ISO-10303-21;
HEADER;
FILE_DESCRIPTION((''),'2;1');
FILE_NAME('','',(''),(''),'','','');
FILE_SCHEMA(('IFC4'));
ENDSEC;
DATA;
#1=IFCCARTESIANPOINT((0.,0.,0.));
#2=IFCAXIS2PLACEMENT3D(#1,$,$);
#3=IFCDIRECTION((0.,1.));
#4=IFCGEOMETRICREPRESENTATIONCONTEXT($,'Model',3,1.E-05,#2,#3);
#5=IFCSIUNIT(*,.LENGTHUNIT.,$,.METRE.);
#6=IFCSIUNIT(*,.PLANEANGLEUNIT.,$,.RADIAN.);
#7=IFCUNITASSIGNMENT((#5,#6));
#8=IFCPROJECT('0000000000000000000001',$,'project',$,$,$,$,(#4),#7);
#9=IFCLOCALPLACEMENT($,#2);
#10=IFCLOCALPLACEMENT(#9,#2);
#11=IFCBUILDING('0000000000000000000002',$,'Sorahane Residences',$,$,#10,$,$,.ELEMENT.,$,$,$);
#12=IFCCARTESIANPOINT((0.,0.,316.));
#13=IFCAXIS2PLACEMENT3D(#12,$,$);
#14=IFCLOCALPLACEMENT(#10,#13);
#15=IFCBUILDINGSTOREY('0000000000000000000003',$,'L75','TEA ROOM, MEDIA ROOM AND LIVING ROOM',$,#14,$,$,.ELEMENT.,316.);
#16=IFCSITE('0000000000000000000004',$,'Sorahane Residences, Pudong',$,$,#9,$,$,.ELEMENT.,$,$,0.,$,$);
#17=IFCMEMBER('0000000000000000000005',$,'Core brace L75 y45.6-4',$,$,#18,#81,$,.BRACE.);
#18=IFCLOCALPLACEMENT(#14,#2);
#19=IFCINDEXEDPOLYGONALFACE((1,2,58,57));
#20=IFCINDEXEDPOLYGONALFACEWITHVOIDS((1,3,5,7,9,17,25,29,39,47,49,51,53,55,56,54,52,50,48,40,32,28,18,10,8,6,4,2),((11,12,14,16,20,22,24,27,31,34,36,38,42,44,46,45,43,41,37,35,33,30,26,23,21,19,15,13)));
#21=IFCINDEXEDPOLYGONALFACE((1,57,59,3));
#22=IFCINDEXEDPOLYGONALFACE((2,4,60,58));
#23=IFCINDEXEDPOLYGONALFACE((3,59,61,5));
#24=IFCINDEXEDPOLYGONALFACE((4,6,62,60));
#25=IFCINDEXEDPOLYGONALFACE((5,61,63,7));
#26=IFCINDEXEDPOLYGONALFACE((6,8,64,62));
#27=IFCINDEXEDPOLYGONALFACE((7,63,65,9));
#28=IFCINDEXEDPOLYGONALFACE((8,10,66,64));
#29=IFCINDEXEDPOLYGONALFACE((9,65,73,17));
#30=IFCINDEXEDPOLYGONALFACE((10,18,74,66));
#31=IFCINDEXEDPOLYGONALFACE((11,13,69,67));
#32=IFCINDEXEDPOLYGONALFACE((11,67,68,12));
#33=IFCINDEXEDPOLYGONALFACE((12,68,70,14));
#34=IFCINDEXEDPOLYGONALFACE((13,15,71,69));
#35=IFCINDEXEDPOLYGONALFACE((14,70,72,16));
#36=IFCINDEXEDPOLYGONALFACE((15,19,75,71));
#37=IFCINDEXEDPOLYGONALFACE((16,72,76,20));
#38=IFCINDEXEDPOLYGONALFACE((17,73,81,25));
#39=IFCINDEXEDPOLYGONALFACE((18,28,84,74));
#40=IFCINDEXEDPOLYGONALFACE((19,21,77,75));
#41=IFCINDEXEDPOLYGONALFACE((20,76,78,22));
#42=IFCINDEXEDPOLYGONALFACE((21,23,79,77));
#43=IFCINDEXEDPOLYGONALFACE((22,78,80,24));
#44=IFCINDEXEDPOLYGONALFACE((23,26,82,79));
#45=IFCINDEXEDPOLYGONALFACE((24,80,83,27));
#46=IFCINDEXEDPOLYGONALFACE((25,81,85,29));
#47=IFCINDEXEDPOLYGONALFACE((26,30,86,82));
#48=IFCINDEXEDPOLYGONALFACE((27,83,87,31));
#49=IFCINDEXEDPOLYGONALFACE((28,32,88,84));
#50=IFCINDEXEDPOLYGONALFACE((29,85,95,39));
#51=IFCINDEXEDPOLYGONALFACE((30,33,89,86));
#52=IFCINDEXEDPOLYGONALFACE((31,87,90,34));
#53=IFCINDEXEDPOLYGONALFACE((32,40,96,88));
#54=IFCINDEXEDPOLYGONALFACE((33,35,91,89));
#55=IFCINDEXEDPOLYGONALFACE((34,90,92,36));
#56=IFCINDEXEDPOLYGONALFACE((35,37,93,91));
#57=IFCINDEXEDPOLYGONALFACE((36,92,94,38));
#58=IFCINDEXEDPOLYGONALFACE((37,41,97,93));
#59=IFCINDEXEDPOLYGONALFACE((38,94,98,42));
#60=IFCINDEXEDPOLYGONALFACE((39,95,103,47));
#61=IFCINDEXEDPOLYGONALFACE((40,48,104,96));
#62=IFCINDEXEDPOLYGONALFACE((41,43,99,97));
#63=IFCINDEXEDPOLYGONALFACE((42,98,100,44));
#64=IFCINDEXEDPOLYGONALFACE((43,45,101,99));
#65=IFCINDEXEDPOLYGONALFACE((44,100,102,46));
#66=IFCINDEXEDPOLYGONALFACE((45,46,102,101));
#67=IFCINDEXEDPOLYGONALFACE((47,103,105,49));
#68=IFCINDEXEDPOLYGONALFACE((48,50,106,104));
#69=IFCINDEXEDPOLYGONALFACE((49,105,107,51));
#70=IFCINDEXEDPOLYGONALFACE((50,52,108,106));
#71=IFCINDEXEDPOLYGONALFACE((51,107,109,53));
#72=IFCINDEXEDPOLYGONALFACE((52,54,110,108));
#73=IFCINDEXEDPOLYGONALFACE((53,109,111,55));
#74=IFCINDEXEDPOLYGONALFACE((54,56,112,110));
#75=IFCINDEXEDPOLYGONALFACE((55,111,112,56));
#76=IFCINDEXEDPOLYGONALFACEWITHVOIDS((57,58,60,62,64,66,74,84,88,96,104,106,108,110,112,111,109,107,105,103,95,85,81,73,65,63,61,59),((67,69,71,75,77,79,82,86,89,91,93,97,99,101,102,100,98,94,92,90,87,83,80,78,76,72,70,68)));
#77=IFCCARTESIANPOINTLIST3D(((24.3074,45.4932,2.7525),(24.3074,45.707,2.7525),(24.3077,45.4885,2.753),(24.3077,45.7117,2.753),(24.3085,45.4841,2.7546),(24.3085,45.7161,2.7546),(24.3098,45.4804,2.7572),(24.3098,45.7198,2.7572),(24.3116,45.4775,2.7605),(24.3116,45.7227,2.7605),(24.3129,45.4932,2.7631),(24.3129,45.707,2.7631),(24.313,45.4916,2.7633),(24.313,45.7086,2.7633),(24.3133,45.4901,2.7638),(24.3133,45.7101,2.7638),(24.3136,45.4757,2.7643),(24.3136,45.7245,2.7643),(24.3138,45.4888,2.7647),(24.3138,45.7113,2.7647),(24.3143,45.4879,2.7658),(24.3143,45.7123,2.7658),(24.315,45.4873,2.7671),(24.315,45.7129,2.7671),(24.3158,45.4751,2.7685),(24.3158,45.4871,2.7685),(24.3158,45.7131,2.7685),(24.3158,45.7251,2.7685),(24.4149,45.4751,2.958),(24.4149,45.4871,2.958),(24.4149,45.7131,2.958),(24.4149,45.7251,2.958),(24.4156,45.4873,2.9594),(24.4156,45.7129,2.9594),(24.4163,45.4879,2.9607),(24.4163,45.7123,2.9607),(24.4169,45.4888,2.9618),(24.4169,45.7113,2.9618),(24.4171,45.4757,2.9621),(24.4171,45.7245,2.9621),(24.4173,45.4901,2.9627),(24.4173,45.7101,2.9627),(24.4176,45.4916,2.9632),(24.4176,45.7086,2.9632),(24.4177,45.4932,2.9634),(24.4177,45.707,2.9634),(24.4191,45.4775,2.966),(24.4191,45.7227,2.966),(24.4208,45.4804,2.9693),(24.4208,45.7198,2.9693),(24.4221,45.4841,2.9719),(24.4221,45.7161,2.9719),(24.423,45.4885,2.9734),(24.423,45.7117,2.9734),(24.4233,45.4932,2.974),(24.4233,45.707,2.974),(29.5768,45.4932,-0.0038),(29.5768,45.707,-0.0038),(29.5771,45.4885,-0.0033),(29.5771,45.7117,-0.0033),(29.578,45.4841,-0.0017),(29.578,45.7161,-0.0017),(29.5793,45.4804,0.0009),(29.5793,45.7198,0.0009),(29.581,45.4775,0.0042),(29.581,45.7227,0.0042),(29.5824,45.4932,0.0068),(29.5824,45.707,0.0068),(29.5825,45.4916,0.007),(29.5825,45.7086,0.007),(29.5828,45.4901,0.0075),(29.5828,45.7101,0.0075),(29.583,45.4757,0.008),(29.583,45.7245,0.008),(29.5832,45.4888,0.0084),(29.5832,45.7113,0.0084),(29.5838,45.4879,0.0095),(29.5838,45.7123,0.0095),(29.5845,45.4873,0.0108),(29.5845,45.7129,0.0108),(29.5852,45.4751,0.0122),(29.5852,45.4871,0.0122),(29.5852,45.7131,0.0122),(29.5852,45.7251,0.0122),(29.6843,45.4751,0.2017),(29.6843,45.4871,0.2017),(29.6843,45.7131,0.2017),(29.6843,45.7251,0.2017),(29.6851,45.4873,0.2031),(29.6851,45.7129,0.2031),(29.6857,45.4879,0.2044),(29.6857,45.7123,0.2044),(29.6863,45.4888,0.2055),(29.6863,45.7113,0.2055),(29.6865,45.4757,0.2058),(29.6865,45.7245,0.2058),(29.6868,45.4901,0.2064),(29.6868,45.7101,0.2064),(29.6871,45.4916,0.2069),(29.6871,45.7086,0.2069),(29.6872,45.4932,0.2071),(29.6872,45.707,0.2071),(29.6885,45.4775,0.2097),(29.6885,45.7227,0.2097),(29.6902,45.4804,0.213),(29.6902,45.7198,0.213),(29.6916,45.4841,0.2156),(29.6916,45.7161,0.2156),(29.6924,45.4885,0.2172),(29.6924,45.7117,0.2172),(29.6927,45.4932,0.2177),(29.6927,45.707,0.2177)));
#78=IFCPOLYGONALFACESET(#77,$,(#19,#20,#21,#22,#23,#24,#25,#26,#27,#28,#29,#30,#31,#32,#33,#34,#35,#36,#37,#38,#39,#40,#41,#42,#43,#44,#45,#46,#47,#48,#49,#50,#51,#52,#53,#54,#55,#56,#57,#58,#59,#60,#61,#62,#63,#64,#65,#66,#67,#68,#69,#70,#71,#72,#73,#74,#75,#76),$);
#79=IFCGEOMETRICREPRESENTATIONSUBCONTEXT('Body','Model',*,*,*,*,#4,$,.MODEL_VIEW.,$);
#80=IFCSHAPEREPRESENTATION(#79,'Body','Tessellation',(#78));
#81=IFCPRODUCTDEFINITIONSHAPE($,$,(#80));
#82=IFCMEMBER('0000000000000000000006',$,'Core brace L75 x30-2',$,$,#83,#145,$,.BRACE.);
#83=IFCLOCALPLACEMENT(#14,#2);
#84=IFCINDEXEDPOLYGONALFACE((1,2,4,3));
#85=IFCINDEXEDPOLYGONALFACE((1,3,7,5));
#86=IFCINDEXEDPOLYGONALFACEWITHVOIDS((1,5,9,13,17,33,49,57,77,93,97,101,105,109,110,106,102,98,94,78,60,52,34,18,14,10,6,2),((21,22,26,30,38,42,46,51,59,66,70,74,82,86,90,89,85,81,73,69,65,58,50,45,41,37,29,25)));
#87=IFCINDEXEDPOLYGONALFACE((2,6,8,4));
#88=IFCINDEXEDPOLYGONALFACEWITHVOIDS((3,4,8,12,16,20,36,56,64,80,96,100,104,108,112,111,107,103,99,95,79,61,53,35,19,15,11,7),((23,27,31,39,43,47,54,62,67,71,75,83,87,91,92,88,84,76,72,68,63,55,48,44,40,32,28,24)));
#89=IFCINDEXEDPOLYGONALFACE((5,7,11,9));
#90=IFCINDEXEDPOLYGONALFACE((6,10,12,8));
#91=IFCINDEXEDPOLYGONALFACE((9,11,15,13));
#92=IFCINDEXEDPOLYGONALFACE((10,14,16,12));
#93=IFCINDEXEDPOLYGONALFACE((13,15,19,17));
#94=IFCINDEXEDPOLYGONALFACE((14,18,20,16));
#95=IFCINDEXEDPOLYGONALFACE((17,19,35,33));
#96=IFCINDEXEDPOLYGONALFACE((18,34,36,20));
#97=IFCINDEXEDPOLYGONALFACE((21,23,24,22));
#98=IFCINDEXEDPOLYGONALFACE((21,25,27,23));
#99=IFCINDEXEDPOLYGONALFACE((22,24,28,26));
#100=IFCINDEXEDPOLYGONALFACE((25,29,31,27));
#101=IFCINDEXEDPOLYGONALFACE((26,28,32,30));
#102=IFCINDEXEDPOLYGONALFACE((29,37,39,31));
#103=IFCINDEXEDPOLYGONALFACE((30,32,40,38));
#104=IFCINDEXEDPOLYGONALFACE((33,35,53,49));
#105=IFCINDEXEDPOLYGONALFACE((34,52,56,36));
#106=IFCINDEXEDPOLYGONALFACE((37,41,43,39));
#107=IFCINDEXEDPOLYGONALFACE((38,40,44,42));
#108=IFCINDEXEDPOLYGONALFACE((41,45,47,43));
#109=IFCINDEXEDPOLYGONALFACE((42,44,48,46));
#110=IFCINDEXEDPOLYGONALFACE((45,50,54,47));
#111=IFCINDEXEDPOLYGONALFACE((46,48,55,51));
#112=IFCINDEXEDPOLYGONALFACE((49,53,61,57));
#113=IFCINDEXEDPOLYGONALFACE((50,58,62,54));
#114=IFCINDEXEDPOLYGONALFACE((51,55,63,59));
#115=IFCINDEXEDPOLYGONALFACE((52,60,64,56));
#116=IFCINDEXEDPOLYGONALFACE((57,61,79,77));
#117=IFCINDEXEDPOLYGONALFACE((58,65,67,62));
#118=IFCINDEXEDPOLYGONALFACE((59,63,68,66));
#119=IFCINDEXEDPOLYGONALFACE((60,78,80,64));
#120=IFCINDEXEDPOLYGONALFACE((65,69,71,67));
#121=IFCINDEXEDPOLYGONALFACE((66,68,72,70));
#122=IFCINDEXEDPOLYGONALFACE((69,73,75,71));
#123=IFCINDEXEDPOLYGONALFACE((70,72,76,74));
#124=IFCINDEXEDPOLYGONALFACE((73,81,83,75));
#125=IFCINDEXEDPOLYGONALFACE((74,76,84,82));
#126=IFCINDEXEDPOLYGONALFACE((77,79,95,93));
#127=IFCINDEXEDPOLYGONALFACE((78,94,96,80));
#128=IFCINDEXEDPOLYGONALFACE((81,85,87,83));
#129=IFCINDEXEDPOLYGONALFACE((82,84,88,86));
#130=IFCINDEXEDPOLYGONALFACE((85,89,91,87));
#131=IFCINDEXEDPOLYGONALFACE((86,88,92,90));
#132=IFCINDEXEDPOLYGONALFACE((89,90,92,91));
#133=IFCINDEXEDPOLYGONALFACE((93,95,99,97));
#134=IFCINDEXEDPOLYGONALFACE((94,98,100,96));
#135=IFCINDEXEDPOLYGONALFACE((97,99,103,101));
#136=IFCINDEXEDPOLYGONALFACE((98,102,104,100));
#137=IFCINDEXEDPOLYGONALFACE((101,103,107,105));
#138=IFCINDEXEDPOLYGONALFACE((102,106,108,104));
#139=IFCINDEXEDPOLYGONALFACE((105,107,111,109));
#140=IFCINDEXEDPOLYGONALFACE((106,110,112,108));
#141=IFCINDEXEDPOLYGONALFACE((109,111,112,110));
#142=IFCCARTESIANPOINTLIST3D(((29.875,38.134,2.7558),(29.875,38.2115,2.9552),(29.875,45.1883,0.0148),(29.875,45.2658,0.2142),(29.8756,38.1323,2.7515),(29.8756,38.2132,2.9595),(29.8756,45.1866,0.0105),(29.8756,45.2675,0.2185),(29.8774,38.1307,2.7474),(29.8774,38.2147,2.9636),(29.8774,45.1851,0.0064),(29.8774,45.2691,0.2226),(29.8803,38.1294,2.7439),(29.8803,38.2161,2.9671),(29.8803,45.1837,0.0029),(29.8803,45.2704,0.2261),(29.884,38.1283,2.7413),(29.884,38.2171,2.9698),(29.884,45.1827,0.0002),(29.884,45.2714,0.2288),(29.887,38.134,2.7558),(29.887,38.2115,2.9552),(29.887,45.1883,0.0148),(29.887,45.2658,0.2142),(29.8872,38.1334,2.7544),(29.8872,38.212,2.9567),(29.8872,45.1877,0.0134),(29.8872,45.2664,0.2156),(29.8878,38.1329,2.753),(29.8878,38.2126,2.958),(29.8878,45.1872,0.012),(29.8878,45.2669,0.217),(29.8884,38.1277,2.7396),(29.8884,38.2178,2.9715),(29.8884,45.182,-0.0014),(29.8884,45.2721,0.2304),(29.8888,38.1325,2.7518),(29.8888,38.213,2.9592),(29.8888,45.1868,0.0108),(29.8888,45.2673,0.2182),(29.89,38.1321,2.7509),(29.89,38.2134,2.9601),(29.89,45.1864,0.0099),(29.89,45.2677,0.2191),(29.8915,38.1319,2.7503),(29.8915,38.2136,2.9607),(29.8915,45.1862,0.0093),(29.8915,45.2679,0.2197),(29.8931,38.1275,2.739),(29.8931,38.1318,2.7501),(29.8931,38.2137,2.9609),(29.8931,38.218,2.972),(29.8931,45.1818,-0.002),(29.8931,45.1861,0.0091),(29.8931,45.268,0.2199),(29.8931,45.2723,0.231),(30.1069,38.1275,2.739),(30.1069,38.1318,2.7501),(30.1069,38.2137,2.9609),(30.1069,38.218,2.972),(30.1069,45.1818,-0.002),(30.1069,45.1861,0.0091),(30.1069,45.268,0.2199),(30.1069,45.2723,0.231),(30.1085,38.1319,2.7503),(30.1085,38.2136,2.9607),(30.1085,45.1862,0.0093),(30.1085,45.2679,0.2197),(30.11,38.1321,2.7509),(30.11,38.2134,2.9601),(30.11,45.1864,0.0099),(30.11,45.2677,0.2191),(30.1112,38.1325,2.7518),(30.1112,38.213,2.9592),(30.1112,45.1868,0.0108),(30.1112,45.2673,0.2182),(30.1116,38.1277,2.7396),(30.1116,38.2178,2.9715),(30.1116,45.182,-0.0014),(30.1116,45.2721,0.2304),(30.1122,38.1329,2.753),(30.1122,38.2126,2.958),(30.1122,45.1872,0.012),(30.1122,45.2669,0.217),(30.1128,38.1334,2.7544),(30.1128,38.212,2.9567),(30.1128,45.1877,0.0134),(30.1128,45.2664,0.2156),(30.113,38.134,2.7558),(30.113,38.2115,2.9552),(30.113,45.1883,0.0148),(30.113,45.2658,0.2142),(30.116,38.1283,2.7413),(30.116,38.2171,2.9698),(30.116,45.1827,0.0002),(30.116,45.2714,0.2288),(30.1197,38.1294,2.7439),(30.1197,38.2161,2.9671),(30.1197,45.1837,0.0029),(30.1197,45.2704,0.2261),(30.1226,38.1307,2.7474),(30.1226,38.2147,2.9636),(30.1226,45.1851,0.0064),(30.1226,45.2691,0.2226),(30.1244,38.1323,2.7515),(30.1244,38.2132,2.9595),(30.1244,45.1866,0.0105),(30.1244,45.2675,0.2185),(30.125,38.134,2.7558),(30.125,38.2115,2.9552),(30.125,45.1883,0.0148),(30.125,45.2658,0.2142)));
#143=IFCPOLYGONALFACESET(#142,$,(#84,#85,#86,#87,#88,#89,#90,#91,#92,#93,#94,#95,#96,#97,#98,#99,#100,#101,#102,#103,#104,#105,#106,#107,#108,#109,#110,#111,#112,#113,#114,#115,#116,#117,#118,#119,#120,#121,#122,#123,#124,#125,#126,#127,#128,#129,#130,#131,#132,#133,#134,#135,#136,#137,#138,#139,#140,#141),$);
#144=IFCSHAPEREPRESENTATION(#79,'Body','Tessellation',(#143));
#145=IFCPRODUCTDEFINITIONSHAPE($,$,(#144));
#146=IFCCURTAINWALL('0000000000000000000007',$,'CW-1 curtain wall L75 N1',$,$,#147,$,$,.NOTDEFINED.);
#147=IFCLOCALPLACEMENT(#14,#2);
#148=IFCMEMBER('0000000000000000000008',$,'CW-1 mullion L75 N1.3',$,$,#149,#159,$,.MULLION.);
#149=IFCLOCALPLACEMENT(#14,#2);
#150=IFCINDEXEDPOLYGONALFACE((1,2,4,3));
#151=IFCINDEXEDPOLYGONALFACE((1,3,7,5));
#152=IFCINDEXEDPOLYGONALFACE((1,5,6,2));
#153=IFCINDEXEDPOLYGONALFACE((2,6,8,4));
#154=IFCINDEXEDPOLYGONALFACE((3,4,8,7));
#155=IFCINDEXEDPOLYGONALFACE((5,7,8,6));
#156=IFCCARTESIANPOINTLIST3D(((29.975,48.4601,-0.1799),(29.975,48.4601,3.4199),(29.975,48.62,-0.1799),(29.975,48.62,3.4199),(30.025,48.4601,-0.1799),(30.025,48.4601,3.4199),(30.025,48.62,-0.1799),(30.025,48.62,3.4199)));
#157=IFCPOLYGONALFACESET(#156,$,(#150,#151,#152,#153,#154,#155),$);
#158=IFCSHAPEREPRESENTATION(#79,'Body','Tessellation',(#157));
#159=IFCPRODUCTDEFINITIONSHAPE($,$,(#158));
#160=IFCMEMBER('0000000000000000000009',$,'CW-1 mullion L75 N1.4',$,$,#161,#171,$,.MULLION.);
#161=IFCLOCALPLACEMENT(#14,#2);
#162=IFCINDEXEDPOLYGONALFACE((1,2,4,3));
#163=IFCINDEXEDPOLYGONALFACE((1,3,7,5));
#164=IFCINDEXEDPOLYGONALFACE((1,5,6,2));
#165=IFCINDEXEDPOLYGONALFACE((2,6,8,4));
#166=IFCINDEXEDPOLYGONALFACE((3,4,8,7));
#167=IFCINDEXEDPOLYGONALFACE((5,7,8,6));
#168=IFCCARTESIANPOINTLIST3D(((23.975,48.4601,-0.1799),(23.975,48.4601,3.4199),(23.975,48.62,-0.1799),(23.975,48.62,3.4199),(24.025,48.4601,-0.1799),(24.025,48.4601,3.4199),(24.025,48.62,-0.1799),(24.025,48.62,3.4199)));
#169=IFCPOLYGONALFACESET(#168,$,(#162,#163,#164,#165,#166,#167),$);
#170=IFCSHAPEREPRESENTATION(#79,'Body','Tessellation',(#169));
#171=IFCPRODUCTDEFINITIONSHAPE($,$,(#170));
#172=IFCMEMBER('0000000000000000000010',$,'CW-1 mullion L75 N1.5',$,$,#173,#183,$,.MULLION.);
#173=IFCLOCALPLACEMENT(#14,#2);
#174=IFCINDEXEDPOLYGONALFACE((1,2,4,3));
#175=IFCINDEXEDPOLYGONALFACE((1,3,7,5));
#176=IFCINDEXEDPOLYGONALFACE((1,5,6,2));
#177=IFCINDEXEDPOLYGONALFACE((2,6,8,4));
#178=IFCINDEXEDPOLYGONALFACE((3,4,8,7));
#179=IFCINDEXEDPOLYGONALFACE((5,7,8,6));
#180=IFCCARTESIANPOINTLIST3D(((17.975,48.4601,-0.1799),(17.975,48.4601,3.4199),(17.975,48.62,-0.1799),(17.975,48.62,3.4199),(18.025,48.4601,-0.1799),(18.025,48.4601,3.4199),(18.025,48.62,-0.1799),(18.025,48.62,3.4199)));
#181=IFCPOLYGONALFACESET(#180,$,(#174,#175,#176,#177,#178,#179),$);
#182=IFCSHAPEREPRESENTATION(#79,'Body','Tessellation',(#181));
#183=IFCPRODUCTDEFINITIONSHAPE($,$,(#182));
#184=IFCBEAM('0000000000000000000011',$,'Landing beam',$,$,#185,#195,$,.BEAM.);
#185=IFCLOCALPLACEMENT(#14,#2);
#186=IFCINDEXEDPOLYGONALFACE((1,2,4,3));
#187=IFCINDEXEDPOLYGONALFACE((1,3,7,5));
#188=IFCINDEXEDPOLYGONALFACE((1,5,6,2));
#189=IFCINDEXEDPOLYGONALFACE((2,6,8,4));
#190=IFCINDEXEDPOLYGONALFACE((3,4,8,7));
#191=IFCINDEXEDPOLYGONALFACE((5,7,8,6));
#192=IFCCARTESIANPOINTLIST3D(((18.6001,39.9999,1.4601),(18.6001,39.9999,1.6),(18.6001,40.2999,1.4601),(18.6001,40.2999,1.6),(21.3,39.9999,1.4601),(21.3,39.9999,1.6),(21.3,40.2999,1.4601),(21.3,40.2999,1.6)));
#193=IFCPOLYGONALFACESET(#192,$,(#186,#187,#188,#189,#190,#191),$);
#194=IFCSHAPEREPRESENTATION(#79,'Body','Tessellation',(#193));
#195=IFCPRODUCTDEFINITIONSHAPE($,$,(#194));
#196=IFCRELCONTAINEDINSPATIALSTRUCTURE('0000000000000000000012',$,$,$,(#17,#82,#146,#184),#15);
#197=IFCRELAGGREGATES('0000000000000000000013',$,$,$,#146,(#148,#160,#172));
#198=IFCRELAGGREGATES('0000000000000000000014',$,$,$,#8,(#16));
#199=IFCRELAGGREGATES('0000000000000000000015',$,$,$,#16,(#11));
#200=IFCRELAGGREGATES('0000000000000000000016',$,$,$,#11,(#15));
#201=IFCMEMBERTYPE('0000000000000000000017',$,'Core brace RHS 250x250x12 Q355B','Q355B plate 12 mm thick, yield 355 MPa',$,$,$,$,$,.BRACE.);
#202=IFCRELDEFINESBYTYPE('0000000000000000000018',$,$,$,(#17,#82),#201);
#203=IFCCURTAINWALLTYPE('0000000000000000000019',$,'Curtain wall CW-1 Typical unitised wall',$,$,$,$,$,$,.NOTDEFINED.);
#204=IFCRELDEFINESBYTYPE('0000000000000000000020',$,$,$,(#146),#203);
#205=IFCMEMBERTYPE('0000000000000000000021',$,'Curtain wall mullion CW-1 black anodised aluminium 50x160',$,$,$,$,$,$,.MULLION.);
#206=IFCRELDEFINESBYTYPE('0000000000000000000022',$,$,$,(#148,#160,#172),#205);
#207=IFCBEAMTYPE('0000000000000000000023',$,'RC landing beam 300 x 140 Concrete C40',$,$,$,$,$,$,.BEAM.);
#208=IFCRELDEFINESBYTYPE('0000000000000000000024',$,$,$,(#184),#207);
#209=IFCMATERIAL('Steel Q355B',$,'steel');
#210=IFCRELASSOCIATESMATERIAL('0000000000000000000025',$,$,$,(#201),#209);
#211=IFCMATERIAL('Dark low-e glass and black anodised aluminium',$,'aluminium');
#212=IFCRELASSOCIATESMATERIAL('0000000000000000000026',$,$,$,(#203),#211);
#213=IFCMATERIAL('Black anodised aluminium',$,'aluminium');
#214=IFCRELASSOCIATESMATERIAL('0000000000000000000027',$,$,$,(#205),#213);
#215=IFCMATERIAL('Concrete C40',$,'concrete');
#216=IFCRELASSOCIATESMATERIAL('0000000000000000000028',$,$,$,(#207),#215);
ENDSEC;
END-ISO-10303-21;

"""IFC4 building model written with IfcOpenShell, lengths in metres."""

from ifc_helpers import new_model, si_unit, direction, frame, origin, origin_2d, place, context, subcontext, project, spatial, rectangle, hollow_rectangle, extrude, material, material_profile, profile_set, type_object, element, aggregate, save


model = new_model("IFC4")

# Units and contexts
model_context = context("Model", 3, precision=1e-05, world=origin(), true_north=direction((0.0, 1.0)))
body_context = subcontext(model_context, "Body", "Model", "MODEL_VIEW")
ifc_project = project(units=[si_unit("LENGTHUNIT", "METRE"), si_unit("PLANEANGLEUNIT", "RADIAN")], contexts=[model_context])

# Site, building, storey
site_placement = place(None, origin())
site = spatial("IfcSite", under=ifc_project, at=site_placement, Name="Sorahane Residences, Pudong", CompositionType="ELEMENT", RefElevation=0.0)
building_placement = place(site_placement, origin())
building = spatial("IfcBuilding", under=site, at=building_placement, Name="Sorahane Residences", CompositionType="ELEMENT")
storey_placement = place(building_placement, frame((0.0, 0.0, 316.0)))
storey = spatial("IfcBuildingStorey", under=building, at=storey_placement, Name="L75", Description="TEA ROOM, MEDIA ROOM AND LIVING ROOM", CompositionType="ELEMENT", Elevation=316.0)

# Members
ifc_material_1 = material(Name="Steel Q355B", Category="steel")
ifc_material_profile_1 = material_profile(ifc_material_1, hollow_rectangle(XDim=0.25, YDim=0.25, WallThickness=0.012, InnerFilletRadius=0.0061, OuterFilletRadius=0.0181, at=origin_2d()), Name="RHS 250x250x12")
ifc_profile_set_1 = profile_set([ifc_material_profile_1], Name="Steel Q355B")
member_type_1 = type_object("IfcMemberType", Name="Core brace RHS 250x250x12 Q355B", Description="Q355B plate 12 mm thick, yield 355 MPa", PredefinedType="BRACE", material=ifc_profile_set_1)
for number, where, z_axis, x_axis, name in (
    (1, (29.6348, 45.6001, 0.1069), (-0.8861, 0.0, 0.463495), (0.0, -1.0, 0.0), "Core brace L75 y45.6-4"),
):
    element("IfcMember", number, at=place(storey_placement, frame(where, z_axis=z_axis, x_axis=x_axis)), inside=storey, type_object=member_type_1, Name=name, PredefinedType="BRACE", context=body_context, shape_type="SweptSolid", body=[
        extrude(hollow_rectangle(XDim=0.25, YDim=0.25, WallThickness=0.012, InnerFilletRadius=0.0061, OuterFilletRadius=0.0181, at=origin_2d()), origin(), (0.0, 0.0, 1.0), 5.9468),
    ])
member_1_placement = place(storey_placement, frame((30.0, 45.2271, 0.1145), z_axis=(0.0, -0.932109, 0.362178), x_axis=(1.0, 0.0, 0.0)))
element("IfcMember", 2, at=member_1_placement, inside=storey, type_object=member_type_1, Name="Core brace L75 x30-2", PredefinedType="BRACE", context=body_context, shape_type="SweptSolid", body=[
    extrude(hollow_rectangle(XDim=0.25, YDim=0.25, WallThickness=0.012, InnerFilletRadius=0.0061, OuterFilletRadius=0.0181, at=origin_2d()), origin(), (0.0, 0.0, 1.0), 7.5681),
])

# Curtain wall, members
ifc_material_2 = material(Name="Dark low-e glass and black anodised aluminium", Category="aluminium")
curtain_wall_type = type_object("IfcCurtainWallType", Name="Curtain wall CW-1 Typical unitised wall", PredefinedType="NOTDEFINED", material=ifc_material_2)
curtain_wall_placement = place(storey_placement, origin())
curtain_wall = element("IfcCurtainWall", 3, at=curtain_wall_placement, inside=storey, type_object=curtain_wall_type, Name="CW-1 curtain wall L75 N1", PredefinedType="NOTDEFINED")
ifc_material_3 = material(Name="Black anodised aluminium", Category="aluminium")
ifc_material_profile_2 = material_profile(ifc_material_3, rectangle(XDim=0.1599, YDim=0.05, at=origin_2d()), Name="Curtain wall mullion CW-1 black anodised aluminium 50x160")
ifc_profile_set_2 = profile_set([ifc_material_profile_2], Name="Black anodised aluminium")
member_type_2 = type_object("IfcMemberType", Name="Curtain wall mullion CW-1 black anodised aluminium 50x160", PredefinedType="MULLION", material=ifc_profile_set_2)
member_2_placement = place(storey_placement, frame((30.0, 48.54, -0.1799), z_axis=(0.0, 0.0, 1.0), x_axis=(0.0, 1.0, 0.0)))
member_2 = element("IfcMember", 4, at=member_2_placement, type_object=member_type_2, Name="CW-1 mullion L75 N1.3", PredefinedType="MULLION", context=body_context, shape_type="SweptSolid", body=[
    extrude(rectangle(XDim=0.1599, YDim=0.05, at=origin_2d()), origin(), (0.0, 0.0, 1.0), 3.5999),
])
member_3_placement = place(storey_placement, frame((24.0, 48.54, -0.1799), z_axis=(0.0, 0.0, 1.0), x_axis=(0.0, 1.0, 0.0)))
member_3 = element("IfcMember", 5, at=member_3_placement, type_object=member_type_2, Name="CW-1 mullion L75 N1.4", PredefinedType="MULLION", context=body_context, shape_type="SweptSolid", body=[
    extrude(rectangle(XDim=0.1599, YDim=0.05, at=origin_2d()), origin(), (0.0, 0.0, 1.0), 3.5999),
])
member_4_placement = place(storey_placement, frame((18.0, 48.54, -0.1799), z_axis=(0.0, 0.0, 1.0), x_axis=(0.0, 1.0, 0.0)))
member_4 = element("IfcMember", 6, at=member_4_placement, type_object=member_type_2, Name="CW-1 mullion L75 N1.5", PredefinedType="MULLION", context=body_context, shape_type="SweptSolid", body=[
    extrude(rectangle(XDim=0.1599, YDim=0.05, at=origin_2d()), origin(), (0.0, 0.0, 1.0), 3.5999),
])

# Beam
ifc_material_4 = material(Name="Concrete C40", Category="concrete")
ifc_material_profile_3 = material_profile(ifc_material_4, rectangle(XDim=0.3, YDim=0.1399, at=origin_2d()), Name="300x140")
ifc_profile_set_3 = profile_set([ifc_material_profile_3], Name="Concrete C40")
beam_type_1 = type_object("IfcBeamType", Name="RC landing beam 300 x 140 Concrete C40", PredefinedType="BEAM", material=ifc_profile_set_3)
beam_1_placement = place(storey_placement, frame((18.6001, 40.1499, 1.53), z_axis=(1.0, 0.0, 0.0), x_axis=(0.0, 1.0, 0.0)))
element("IfcBeam", 7, at=beam_1_placement, inside=storey, type_object=beam_type_1, Name="Landing beam", PredefinedType="BEAM", context=body_context, shape_type="SweptSolid", body=[
    extrude(rectangle(XDim=0.3, YDim=0.1399, at=origin_2d()), origin(), (0.0, 0.0, 1.0), 2.7),
])

aggregate(curtain_wall, [member_2, member_3, member_4])

save(model, "model.ifc")
